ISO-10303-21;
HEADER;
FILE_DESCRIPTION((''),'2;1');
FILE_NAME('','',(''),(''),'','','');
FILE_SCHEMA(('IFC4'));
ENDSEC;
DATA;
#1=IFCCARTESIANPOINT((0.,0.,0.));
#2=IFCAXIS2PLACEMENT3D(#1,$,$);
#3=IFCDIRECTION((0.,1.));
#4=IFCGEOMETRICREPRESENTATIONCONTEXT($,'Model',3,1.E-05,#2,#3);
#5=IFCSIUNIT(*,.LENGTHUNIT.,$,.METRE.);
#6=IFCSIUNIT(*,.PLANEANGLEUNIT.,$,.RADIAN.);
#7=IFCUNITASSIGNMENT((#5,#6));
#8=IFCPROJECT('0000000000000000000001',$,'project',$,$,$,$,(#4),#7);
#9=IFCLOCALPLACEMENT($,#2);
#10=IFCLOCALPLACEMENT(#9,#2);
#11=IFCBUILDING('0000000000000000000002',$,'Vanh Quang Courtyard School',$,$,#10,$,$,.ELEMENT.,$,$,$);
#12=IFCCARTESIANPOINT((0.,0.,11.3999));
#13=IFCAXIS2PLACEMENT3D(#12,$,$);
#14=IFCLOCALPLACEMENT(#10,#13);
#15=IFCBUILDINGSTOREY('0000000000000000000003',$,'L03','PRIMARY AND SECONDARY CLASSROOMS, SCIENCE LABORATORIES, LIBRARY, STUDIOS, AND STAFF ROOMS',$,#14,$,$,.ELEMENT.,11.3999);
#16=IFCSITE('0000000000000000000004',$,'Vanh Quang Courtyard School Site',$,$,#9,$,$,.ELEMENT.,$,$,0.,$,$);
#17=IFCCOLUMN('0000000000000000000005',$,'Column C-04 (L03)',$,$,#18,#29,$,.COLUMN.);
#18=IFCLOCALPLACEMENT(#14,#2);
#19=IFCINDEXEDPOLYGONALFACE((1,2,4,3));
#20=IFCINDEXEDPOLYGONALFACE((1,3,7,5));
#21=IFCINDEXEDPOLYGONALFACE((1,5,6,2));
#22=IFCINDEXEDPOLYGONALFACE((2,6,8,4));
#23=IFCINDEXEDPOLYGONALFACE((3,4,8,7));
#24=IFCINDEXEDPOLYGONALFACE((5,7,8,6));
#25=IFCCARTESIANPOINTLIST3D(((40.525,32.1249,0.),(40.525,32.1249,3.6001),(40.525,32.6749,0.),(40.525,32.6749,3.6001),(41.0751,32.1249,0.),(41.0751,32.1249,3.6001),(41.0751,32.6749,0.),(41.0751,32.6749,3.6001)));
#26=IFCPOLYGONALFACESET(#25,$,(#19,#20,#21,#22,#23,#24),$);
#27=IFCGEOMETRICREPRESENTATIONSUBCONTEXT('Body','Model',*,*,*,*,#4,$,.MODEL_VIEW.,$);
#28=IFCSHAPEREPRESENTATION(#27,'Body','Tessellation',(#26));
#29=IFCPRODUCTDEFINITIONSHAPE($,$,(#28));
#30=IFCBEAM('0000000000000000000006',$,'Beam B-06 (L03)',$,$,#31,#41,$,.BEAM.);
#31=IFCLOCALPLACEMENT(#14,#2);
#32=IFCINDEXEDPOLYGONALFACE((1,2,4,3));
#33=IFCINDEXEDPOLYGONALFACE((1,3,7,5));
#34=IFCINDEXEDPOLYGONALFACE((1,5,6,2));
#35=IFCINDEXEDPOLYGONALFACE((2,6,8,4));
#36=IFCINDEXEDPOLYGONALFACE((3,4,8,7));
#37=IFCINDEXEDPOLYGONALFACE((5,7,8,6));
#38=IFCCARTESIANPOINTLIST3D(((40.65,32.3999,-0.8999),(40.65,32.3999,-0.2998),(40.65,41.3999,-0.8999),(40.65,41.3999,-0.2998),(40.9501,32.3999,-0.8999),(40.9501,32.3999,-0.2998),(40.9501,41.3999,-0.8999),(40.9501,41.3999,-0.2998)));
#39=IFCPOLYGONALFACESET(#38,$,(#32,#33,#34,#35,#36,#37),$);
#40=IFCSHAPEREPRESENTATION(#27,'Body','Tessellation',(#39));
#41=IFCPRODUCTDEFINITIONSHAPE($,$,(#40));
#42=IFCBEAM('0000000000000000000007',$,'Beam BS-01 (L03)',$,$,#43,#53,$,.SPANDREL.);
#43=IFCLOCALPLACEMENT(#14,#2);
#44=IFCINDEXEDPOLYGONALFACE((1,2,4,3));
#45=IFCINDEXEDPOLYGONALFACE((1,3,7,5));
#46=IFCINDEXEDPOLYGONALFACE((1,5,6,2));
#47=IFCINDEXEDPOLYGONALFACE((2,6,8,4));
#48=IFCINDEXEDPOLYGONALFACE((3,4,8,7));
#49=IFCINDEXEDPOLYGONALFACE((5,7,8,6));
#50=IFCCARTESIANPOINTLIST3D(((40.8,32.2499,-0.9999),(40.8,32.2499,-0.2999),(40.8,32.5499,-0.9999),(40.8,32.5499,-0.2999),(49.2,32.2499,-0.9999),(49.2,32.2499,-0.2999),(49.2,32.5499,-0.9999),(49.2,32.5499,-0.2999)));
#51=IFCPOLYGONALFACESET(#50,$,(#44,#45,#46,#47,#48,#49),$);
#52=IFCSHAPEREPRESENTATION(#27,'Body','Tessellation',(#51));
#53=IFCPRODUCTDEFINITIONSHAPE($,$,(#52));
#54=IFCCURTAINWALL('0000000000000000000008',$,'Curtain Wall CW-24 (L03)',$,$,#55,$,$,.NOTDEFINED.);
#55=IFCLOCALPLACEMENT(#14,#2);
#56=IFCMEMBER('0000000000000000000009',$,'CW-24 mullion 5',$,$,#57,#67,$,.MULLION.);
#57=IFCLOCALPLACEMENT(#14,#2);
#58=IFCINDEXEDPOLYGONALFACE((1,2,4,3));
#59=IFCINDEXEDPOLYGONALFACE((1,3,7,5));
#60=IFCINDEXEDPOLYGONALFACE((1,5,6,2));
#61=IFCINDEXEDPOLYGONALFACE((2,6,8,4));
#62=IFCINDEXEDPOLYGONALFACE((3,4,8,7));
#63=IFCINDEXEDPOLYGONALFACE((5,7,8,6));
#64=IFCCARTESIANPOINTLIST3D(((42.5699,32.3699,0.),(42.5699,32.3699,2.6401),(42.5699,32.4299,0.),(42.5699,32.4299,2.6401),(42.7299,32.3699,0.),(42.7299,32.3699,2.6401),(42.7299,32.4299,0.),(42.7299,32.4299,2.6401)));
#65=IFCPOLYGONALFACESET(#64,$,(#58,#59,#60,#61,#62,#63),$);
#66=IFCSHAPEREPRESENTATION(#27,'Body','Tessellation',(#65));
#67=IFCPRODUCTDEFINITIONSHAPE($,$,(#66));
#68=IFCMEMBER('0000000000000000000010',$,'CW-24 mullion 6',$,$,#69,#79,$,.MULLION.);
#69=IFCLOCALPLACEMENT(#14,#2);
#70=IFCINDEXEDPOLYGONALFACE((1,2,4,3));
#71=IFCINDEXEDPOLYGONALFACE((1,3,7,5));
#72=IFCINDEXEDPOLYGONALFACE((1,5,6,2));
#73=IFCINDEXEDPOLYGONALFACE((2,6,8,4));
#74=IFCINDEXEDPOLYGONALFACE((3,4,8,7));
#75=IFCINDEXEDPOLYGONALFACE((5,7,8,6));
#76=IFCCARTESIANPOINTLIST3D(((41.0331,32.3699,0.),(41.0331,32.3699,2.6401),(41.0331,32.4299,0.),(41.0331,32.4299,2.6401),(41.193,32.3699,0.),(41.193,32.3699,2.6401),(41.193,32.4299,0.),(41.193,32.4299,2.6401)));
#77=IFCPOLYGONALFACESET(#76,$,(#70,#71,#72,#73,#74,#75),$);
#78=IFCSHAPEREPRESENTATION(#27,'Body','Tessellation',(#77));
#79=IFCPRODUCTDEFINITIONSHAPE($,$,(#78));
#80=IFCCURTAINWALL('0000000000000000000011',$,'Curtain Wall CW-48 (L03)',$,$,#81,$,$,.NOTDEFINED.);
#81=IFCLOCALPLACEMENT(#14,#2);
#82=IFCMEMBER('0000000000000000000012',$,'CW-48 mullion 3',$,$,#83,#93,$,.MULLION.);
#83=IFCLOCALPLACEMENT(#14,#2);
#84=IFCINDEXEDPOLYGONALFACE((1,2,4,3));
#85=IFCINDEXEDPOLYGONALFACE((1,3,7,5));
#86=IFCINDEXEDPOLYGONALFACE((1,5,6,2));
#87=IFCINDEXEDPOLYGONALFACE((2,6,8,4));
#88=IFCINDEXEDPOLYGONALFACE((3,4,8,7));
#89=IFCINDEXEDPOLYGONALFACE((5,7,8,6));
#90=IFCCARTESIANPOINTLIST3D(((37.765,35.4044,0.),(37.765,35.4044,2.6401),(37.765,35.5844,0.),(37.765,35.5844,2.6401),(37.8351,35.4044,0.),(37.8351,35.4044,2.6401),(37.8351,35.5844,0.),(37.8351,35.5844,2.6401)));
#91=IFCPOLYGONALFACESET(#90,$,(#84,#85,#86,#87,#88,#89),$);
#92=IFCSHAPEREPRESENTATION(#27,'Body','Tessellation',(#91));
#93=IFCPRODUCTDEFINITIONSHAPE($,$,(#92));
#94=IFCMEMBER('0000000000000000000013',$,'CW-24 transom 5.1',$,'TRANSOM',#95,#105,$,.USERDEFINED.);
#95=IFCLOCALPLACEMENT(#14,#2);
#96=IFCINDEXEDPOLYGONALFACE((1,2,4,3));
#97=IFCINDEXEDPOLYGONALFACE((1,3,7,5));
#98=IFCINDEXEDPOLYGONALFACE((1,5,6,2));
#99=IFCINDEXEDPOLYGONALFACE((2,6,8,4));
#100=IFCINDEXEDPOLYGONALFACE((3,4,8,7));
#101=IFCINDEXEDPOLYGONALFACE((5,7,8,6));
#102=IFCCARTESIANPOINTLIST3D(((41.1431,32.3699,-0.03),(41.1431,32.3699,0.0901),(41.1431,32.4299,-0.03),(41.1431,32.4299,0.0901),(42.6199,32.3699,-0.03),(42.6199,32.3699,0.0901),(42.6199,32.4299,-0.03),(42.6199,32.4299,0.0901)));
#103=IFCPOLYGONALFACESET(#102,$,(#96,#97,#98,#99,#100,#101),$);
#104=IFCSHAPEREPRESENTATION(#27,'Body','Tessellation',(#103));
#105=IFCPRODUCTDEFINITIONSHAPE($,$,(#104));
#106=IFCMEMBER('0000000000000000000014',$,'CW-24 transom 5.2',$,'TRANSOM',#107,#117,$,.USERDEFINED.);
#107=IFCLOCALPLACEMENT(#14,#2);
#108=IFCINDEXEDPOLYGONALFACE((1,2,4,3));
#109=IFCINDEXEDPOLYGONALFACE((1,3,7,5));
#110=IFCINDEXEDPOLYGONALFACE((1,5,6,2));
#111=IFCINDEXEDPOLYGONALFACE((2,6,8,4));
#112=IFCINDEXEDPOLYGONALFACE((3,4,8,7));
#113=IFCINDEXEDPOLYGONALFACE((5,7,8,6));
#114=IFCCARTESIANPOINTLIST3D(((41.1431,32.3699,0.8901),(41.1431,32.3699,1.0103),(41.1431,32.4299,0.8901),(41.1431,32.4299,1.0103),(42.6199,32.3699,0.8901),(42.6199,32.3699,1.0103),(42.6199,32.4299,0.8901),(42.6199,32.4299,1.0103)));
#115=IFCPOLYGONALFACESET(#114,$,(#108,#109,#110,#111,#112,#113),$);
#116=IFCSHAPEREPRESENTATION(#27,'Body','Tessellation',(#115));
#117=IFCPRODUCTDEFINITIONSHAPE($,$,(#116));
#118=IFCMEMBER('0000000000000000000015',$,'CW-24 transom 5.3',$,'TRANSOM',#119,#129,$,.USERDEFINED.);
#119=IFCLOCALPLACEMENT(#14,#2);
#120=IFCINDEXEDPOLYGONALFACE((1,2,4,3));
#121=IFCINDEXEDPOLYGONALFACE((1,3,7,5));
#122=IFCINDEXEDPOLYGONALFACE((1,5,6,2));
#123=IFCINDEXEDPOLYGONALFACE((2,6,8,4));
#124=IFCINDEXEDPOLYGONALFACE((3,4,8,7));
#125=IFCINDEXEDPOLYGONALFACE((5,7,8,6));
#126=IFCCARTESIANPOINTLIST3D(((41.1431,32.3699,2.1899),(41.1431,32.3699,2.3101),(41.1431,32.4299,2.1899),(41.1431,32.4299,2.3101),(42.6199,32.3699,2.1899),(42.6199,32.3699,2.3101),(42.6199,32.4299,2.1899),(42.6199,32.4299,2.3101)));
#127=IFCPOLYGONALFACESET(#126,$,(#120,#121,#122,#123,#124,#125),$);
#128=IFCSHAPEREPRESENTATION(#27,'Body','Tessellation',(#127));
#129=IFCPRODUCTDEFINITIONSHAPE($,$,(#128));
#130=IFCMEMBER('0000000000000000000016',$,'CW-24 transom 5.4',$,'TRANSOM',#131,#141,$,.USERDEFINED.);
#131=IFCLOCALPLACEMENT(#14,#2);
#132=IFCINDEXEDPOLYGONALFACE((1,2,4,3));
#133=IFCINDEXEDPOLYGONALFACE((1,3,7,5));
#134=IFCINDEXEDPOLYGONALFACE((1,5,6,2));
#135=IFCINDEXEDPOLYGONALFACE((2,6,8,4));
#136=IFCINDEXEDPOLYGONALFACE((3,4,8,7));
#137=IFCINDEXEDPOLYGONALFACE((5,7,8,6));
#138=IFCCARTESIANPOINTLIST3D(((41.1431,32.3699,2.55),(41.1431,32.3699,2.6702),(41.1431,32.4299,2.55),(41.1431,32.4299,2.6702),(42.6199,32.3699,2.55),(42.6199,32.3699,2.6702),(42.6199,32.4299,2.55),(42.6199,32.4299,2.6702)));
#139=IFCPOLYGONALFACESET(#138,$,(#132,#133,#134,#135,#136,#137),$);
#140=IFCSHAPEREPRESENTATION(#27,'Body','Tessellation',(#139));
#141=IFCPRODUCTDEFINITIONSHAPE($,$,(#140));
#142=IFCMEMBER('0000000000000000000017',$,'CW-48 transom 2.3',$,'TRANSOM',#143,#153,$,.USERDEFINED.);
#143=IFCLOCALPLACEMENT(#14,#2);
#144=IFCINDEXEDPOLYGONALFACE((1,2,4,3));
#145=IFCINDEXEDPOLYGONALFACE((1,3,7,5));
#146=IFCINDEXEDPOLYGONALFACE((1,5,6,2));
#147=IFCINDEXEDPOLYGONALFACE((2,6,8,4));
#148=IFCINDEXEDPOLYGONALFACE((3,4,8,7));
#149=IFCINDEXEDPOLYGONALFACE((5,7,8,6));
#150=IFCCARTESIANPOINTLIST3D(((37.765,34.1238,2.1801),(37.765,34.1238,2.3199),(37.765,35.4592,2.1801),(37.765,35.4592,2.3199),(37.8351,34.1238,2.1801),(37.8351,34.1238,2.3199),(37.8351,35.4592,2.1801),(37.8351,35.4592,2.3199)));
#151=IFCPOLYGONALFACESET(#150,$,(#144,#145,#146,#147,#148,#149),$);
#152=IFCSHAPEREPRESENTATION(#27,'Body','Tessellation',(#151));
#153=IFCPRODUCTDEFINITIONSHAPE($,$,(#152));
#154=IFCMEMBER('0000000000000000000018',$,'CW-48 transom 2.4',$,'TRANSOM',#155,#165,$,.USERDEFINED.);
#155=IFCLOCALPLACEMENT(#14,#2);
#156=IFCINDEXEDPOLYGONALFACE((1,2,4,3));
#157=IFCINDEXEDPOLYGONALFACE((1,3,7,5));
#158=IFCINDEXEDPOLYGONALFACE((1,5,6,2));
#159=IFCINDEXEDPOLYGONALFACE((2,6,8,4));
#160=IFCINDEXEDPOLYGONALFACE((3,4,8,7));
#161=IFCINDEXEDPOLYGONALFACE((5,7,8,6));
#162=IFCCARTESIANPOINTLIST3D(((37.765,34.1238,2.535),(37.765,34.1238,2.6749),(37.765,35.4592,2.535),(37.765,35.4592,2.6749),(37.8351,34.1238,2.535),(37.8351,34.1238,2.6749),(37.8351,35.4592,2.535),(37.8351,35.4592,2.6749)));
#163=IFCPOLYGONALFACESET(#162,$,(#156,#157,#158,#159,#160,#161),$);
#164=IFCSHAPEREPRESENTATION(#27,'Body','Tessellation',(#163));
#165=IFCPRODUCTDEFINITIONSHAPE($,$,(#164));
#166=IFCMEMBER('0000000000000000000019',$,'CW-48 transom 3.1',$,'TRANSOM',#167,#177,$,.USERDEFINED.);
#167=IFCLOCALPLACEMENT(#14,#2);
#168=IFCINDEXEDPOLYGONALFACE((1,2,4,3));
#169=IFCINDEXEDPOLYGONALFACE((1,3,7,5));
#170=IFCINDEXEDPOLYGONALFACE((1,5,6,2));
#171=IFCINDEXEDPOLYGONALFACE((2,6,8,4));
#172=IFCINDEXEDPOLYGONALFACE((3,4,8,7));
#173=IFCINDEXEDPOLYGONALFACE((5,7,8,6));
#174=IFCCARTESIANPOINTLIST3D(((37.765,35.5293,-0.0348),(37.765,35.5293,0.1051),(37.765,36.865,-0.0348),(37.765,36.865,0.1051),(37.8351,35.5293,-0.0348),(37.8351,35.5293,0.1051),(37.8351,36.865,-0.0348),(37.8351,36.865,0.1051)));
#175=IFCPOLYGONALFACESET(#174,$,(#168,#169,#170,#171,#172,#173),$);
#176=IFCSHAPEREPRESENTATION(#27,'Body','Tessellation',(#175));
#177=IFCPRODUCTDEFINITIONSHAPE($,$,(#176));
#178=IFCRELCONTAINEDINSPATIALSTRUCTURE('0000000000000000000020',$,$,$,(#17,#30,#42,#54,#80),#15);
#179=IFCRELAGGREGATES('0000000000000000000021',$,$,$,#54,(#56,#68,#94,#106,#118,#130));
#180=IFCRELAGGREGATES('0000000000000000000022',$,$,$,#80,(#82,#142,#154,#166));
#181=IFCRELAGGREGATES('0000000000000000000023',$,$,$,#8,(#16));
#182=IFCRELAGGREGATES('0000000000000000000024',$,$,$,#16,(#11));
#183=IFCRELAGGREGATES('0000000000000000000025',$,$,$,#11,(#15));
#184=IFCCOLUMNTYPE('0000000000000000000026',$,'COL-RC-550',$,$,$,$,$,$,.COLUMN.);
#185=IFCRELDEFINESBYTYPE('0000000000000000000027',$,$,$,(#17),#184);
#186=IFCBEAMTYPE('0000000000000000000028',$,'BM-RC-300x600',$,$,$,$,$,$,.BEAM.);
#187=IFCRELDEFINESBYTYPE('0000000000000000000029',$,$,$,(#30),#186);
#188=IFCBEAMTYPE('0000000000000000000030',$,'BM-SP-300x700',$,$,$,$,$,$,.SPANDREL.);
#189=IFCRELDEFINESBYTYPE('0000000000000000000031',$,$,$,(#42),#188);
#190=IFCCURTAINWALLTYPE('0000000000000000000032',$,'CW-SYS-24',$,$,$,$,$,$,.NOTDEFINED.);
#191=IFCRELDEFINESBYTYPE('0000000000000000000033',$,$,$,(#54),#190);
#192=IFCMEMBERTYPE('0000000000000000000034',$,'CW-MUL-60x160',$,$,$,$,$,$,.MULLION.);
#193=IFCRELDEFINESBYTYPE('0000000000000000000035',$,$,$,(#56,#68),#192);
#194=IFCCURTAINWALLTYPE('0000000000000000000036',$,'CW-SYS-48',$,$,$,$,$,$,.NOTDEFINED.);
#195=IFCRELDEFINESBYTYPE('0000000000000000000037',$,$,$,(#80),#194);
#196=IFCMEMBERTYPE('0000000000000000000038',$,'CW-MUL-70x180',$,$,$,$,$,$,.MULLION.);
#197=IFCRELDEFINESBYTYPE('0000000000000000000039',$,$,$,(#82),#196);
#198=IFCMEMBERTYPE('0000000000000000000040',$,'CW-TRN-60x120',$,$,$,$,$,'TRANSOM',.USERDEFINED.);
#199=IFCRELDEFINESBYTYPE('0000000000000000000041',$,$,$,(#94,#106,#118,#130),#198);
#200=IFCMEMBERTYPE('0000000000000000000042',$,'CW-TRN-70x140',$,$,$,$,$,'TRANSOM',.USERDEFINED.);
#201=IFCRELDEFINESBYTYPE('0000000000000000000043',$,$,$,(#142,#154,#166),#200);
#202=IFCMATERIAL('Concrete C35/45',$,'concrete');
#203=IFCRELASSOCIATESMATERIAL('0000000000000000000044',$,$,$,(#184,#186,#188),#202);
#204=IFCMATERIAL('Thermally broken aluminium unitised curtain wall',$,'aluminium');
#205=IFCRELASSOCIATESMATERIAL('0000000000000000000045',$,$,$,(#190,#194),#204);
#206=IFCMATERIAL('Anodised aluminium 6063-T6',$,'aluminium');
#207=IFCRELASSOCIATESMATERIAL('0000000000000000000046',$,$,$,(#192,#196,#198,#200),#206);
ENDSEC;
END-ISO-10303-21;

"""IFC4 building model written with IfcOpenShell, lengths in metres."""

from ifc_helpers import new_model, si_unit, direction, frame, origin, origin_2d, place, context, subcontext, project, spatial, rectangle, extrude, material, material_profile, profile_set, type_object, element, aggregate, save


model = new_model("IFC4")

# Units and contexts
model_context = context("Model", 3, precision=1e-05, world=origin(), true_north=direction((0.0, 1.0)))
body_context = subcontext(model_context, "Body", "Model", "MODEL_VIEW")
ifc_project = project(units=[si_unit("LENGTHUNIT", "METRE"), si_unit("PLANEANGLEUNIT", "RADIAN")], contexts=[model_context])

# Site, building, storey
site_placement = place(None, origin())
site = spatial("IfcSite", under=ifc_project, at=site_placement, Name="Vanh Quang Courtyard School Site", CompositionType="ELEMENT", RefElevation=0.0)
building_placement = place(site_placement, origin())
building = spatial("IfcBuilding", under=site, at=building_placement, Name="Vanh Quang Courtyard School", CompositionType="ELEMENT")
storey_placement = place(building_placement, frame((0.0, 0.0, 11.3999)))
storey = spatial("IfcBuildingStorey", under=building, at=storey_placement, Name="L03", Description="PRIMARY AND SECONDARY CLASSROOMS, SCIENCE LABORATORIES, LIBRARY, STUDIOS, AND STAFF ROOMS", CompositionType="ELEMENT", Elevation=11.3999)

# Column
ifc_material_1 = material(Name="Concrete C35/45", Category="concrete")
ifc_material_profile_1 = material_profile(ifc_material_1, rectangle(XDim=0.55, YDim=0.55, at=origin_2d()), Name="RC-COL 550x550")
ifc_profile_set_1 = profile_set([ifc_material_profile_1], Name="Concrete C35/45")
column_type = type_object("IfcColumnType", Name="COL-RC-550", PredefinedType="COLUMN", material=ifc_profile_set_1)
column_placement = place(storey_placement, frame((40.8, 32.3999, 0.0), z_axis=(0.0, 0.0, 1.0), x_axis=(1.0, 0.0, 0.0)))
element("IfcColumn", 1, at=column_placement, inside=storey, type_object=column_type, Name="Column C-04 (L03)", PredefinedType="COLUMN", context=body_context, shape_type="SweptSolid", body=[
    extrude(rectangle(XDim=0.55, YDim=0.55, at=origin_2d()), origin(), (0.0, 0.0, 1.0), 3.6001),
])

# Beams
ifc_material_profile_2 = material_profile(ifc_material_1, rectangle(XDim=0.3, YDim=0.6001, at=origin_2d()), Name="RC-BM 300x600")
ifc_profile_set_2 = profile_set([ifc_material_profile_2], Name="Concrete C35/45")
beam_type_1 = type_object("IfcBeamType", Name="BM-RC-300x600", PredefinedType="BEAM", material=ifc_profile_set_2)
beam_1_placement = place(storey_placement, frame((40.8, 32.3999, -0.5999), z_axis=(0.0, 1.0, 0.0), x_axis=(-1.0, 0.0, 0.0)))
element("IfcBeam", 2, at=beam_1_placement, inside=storey, type_object=beam_type_1, Name="Beam B-06 (L03)", PredefinedType="BEAM", context=body_context, shape_type="SweptSolid", body=[
    extrude(rectangle(XDim=0.3, YDim=0.6001, at=origin_2d()), origin(), (0.0, 0.0, 1.0), 9.0),
])
ifc_material_profile_3 = material_profile(ifc_material_1, rectangle(XDim=0.3, YDim=0.7, at=origin_2d()), Name="RC-SP 300x700")
ifc_profile_set_3 = profile_set([ifc_material_profile_3], Name="Concrete C35/45")
beam_type_2 = type_object("IfcBeamType", Name="BM-SP-300x700", PredefinedType="SPANDREL", material=ifc_profile_set_3)
beam_2_placement = place(storey_placement, frame((40.8, 32.3999, -0.6499), z_axis=(1.0, 0.0, 0.0), x_axis=(0.0, 1.0, 0.0)))
element("IfcBeam", 3, at=beam_2_placement, inside=storey, type_object=beam_type_2, Name="Beam BS-01 (L03)", PredefinedType="SPANDREL", context=body_context, shape_type="SweptSolid", body=[
    extrude(rectangle(XDim=0.3, YDim=0.7, at=origin_2d()), origin(), (0.0, 0.0, 1.0), 8.3999),
])

# Curtain wall, members
ifc_material_2 = material(Name="Thermally broken aluminium unitised curtain wall", Category="aluminium")
curtain_wall_type_1 = type_object("IfcCurtainWallType", Name="CW-SYS-24", PredefinedType="NOTDEFINED", material=ifc_material_2)
curtain_wall_1_placement = place(storey_placement, origin())
curtain_wall_1 = element("IfcCurtainWall", 4, at=curtain_wall_1_placement, inside=storey, type_object=curtain_wall_type_1, Name="Curtain Wall CW-24 (L03)", PredefinedType="NOTDEFINED")
ifc_material_3 = material(Name="Anodised aluminium 6063-T6", Category="aluminium")
ifc_material_profile_4 = material_profile(ifc_material_3, rectangle(XDim=0.0601, YDim=0.1599, at=origin_2d()), Name="ALU-MUL 60x160")
ifc_profile_set_4 = profile_set([ifc_material_profile_4], Name="Anodised aluminium 6063-T6")
member_type_1 = type_object("IfcMemberType", Name="CW-MUL-60x160", PredefinedType="MULLION", material=ifc_profile_set_4)
member_1_placement = place(storey_placement, frame((42.6499, 32.3999, 0.0), z_axis=(0.0, 0.0, 1.0), x_axis=(0.0, -1.0, 0.0)))
member_1 = element("IfcMember", 5, at=member_1_placement, type_object=member_type_1, Name="CW-24 mullion 5", PredefinedType="MULLION", context=body_context, shape_type="SweptSolid", body=[
    extrude(rectangle(XDim=0.0601, YDim=0.1599, at=origin_2d()), origin(), (0.0, 0.0, 1.0), 2.6401),
])
member_2_placement = place(storey_placement, frame((41.113, 32.3999, 0.0), z_axis=(0.0, 0.0, 1.0), x_axis=(0.0, -1.0, 0.0)))
member_2 = element("IfcMember", 6, at=member_2_placement, type_object=member_type_1, Name="CW-24 mullion 6", PredefinedType="MULLION", context=body_context, shape_type="SweptSolid", body=[
    extrude(rectangle(XDim=0.0601, YDim=0.1599, at=origin_2d()), origin(), (0.0, 0.0, 1.0), 2.6401),
])

# Curtain wall, member
curtain_wall_type_2 = type_object("IfcCurtainWallType", Name="CW-SYS-48", PredefinedType="NOTDEFINED", material=ifc_material_2)
curtain_wall_2_placement = place(storey_placement, origin())
curtain_wall_2 = element("IfcCurtainWall", 7, at=curtain_wall_2_placement, inside=storey, type_object=curtain_wall_type_2, Name="Curtain Wall CW-48 (L03)", PredefinedType="NOTDEFINED")
ifc_material_profile_5 = material_profile(ifc_material_3, rectangle(XDim=0.0701, YDim=0.1799, at=origin_2d()), Name="ALU-MUL 70x180")
ifc_profile_set_5 = profile_set([ifc_material_profile_5], Name="Anodised aluminium 6063-T6")
member_type_2 = type_object("IfcMemberType", Name="CW-MUL-70x180", PredefinedType="MULLION", material=ifc_profile_set_5)
member_3_placement = place(storey_placement, frame((37.8, 35.4944, 0.0), z_axis=(0.0, 0.0, 1.0), x_axis=(-1.0, 0.0, 0.0)))
member_3 = element("IfcMember", 8, at=member_3_placement, type_object=member_type_2, Name="CW-48 mullion 3", PredefinedType="MULLION", context=body_context, shape_type="SweptSolid", body=[
    extrude(rectangle(XDim=0.0701, YDim=0.1799, at=origin_2d()), origin(), (0.0, 0.0, 1.0), 2.6401),
])

# Members
ifc_material_profile_6 = material_profile(ifc_material_3, rectangle(XDim=0.0601, YDim=0.1201, at=origin_2d()), Name="ALU-TRN 60x120")
ifc_profile_set_6 = profile_set([ifc_material_profile_6], Name="Anodised aluminium 6063-T6")
member_type_3 = type_object("IfcMemberType", Name="CW-TRN-60x120", ElementType="TRANSOM", PredefinedType="USERDEFINED", material=ifc_profile_set_6)
member_4_placement = place(storey_placement, frame((42.6199, 32.3999, 0.03), z_axis=(-1.0, 0.0, 0.0), x_axis=(0.0, -1.0, 0.0)))
member_4 = element("IfcMember", 9, at=member_4_placement, type_object=member_type_3, Name="CW-24 transom 5.1", ObjectType="TRANSOM", PredefinedType="USERDEFINED", context=body_context, shape_type="SweptSolid", body=[
    extrude(rectangle(XDim=0.0601, YDim=0.1201, at=origin_2d()), origin(), (0.0, 0.0, 1.0), 1.4768),
])
member_5_placement = place(storey_placement, frame((42.6199, 32.3999, 0.9502), z_axis=(-1.0, 0.0, 0.0), x_axis=(0.0, -1.0, 0.0)))
member_5 = element("IfcMember", 10, at=member_5_placement, type_object=member_type_3, Name="CW-24 transom 5.2", ObjectType="TRANSOM", PredefinedType="USERDEFINED", context=body_context, shape_type="SweptSolid", body=[
    extrude(rectangle(XDim=0.0601, YDim=0.1201, at=origin_2d()), origin(), (0.0, 0.0, 1.0), 1.4768),
])
member_6_placement = place(storey_placement, frame((42.6199, 32.3999, 2.25), z_axis=(-1.0, 0.0, 0.0), x_axis=(0.0, -1.0, 0.0)))
member_6 = element("IfcMember", 11, at=member_6_placement, type_object=member_type_3, Name="CW-24 transom 5.3", ObjectType="TRANSOM", PredefinedType="USERDEFINED", context=body_context, shape_type="SweptSolid", body=[
    extrude(rectangle(XDim=0.0601, YDim=0.1201, at=origin_2d()), origin(), (0.0, 0.0, 1.0), 1.4768),
])
member_7_placement = place(storey_placement, frame((42.6199, 32.3999, 2.6101), z_axis=(-1.0, 0.0, 0.0), x_axis=(0.0, -1.0, 0.0)))
member_7 = element("IfcMember", 12, at=member_7_placement, type_object=member_type_3, Name="CW-24 transom 5.4", ObjectType="TRANSOM", PredefinedType="USERDEFINED", context=body_context, shape_type="SweptSolid", body=[
    extrude(rectangle(XDim=0.0601, YDim=0.1201, at=origin_2d()), origin(), (0.0, 0.0, 1.0), 1.4768),
])
ifc_material_profile_7 = material_profile(ifc_material_3, rectangle(XDim=0.0701, YDim=0.1399, at=origin_2d()), Name="ALU-TRN 70x140")
ifc_profile_set_7 = profile_set([ifc_material_profile_7], Name="Anodised aluminium 6063-T6")
member_type_4 = type_object("IfcMemberType", Name="CW-TRN-70x140", ElementType="TRANSOM", PredefinedType="USERDEFINED", material=ifc_profile_set_7)
member_8_placement = place(storey_placement, frame((37.8, 34.1238, 2.25), z_axis=(0.0, 1.0, 0.0), x_axis=(-1.0, 0.0, 0.0)))
member_8 = element("IfcMember", 13, at=member_8_placement, type_object=member_type_4, Name="CW-48 transom 2.3", ObjectType="TRANSOM", PredefinedType="USERDEFINED", context=body_context, shape_type="SweptSolid", body=[
    extrude(rectangle(XDim=0.0701, YDim=0.1399, at=origin_2d()), origin(), (0.0, 0.0, 1.0), 1.3354),
])
member_9_placement = place(storey_placement, frame((37.8, 34.1238, 2.605), z_axis=(0.0, 1.0, 0.0), x_axis=(-1.0, 0.0, 0.0)))
member_9 = element("IfcMember", 14, at=member_9_placement, type_object=member_type_4, Name="CW-48 transom 2.4", ObjectType="TRANSOM", PredefinedType="USERDEFINED", context=body_context, shape_type="SweptSolid", body=[
    extrude(rectangle(XDim=0.0701, YDim=0.1399, at=origin_2d()), origin(), (0.0, 0.0, 1.0), 1.3354),
])
member_10_placement = place(storey_placement, frame((37.8, 35.5293, 0.0352), z_axis=(0.0, 1.0, 0.0), x_axis=(-1.0, 0.0, 0.0)))
member_10 = element("IfcMember", 15, at=member_10_placement, type_object=member_type_4, Name="CW-48 transom 3.1", ObjectType="TRANSOM", PredefinedType="USERDEFINED", context=body_context, shape_type="SweptSolid", body=[
    extrude(rectangle(XDim=0.0701, YDim=0.1399, at=origin_2d()), origin(), (0.0, 0.0, 1.0), 1.3357),
])

aggregate(curtain_wall_1, [member_1, member_2, member_4, member_5, member_6, member_7])
aggregate(curtain_wall_2, [member_3, member_8, member_9, member_10])

save(model, "model.ifc")
